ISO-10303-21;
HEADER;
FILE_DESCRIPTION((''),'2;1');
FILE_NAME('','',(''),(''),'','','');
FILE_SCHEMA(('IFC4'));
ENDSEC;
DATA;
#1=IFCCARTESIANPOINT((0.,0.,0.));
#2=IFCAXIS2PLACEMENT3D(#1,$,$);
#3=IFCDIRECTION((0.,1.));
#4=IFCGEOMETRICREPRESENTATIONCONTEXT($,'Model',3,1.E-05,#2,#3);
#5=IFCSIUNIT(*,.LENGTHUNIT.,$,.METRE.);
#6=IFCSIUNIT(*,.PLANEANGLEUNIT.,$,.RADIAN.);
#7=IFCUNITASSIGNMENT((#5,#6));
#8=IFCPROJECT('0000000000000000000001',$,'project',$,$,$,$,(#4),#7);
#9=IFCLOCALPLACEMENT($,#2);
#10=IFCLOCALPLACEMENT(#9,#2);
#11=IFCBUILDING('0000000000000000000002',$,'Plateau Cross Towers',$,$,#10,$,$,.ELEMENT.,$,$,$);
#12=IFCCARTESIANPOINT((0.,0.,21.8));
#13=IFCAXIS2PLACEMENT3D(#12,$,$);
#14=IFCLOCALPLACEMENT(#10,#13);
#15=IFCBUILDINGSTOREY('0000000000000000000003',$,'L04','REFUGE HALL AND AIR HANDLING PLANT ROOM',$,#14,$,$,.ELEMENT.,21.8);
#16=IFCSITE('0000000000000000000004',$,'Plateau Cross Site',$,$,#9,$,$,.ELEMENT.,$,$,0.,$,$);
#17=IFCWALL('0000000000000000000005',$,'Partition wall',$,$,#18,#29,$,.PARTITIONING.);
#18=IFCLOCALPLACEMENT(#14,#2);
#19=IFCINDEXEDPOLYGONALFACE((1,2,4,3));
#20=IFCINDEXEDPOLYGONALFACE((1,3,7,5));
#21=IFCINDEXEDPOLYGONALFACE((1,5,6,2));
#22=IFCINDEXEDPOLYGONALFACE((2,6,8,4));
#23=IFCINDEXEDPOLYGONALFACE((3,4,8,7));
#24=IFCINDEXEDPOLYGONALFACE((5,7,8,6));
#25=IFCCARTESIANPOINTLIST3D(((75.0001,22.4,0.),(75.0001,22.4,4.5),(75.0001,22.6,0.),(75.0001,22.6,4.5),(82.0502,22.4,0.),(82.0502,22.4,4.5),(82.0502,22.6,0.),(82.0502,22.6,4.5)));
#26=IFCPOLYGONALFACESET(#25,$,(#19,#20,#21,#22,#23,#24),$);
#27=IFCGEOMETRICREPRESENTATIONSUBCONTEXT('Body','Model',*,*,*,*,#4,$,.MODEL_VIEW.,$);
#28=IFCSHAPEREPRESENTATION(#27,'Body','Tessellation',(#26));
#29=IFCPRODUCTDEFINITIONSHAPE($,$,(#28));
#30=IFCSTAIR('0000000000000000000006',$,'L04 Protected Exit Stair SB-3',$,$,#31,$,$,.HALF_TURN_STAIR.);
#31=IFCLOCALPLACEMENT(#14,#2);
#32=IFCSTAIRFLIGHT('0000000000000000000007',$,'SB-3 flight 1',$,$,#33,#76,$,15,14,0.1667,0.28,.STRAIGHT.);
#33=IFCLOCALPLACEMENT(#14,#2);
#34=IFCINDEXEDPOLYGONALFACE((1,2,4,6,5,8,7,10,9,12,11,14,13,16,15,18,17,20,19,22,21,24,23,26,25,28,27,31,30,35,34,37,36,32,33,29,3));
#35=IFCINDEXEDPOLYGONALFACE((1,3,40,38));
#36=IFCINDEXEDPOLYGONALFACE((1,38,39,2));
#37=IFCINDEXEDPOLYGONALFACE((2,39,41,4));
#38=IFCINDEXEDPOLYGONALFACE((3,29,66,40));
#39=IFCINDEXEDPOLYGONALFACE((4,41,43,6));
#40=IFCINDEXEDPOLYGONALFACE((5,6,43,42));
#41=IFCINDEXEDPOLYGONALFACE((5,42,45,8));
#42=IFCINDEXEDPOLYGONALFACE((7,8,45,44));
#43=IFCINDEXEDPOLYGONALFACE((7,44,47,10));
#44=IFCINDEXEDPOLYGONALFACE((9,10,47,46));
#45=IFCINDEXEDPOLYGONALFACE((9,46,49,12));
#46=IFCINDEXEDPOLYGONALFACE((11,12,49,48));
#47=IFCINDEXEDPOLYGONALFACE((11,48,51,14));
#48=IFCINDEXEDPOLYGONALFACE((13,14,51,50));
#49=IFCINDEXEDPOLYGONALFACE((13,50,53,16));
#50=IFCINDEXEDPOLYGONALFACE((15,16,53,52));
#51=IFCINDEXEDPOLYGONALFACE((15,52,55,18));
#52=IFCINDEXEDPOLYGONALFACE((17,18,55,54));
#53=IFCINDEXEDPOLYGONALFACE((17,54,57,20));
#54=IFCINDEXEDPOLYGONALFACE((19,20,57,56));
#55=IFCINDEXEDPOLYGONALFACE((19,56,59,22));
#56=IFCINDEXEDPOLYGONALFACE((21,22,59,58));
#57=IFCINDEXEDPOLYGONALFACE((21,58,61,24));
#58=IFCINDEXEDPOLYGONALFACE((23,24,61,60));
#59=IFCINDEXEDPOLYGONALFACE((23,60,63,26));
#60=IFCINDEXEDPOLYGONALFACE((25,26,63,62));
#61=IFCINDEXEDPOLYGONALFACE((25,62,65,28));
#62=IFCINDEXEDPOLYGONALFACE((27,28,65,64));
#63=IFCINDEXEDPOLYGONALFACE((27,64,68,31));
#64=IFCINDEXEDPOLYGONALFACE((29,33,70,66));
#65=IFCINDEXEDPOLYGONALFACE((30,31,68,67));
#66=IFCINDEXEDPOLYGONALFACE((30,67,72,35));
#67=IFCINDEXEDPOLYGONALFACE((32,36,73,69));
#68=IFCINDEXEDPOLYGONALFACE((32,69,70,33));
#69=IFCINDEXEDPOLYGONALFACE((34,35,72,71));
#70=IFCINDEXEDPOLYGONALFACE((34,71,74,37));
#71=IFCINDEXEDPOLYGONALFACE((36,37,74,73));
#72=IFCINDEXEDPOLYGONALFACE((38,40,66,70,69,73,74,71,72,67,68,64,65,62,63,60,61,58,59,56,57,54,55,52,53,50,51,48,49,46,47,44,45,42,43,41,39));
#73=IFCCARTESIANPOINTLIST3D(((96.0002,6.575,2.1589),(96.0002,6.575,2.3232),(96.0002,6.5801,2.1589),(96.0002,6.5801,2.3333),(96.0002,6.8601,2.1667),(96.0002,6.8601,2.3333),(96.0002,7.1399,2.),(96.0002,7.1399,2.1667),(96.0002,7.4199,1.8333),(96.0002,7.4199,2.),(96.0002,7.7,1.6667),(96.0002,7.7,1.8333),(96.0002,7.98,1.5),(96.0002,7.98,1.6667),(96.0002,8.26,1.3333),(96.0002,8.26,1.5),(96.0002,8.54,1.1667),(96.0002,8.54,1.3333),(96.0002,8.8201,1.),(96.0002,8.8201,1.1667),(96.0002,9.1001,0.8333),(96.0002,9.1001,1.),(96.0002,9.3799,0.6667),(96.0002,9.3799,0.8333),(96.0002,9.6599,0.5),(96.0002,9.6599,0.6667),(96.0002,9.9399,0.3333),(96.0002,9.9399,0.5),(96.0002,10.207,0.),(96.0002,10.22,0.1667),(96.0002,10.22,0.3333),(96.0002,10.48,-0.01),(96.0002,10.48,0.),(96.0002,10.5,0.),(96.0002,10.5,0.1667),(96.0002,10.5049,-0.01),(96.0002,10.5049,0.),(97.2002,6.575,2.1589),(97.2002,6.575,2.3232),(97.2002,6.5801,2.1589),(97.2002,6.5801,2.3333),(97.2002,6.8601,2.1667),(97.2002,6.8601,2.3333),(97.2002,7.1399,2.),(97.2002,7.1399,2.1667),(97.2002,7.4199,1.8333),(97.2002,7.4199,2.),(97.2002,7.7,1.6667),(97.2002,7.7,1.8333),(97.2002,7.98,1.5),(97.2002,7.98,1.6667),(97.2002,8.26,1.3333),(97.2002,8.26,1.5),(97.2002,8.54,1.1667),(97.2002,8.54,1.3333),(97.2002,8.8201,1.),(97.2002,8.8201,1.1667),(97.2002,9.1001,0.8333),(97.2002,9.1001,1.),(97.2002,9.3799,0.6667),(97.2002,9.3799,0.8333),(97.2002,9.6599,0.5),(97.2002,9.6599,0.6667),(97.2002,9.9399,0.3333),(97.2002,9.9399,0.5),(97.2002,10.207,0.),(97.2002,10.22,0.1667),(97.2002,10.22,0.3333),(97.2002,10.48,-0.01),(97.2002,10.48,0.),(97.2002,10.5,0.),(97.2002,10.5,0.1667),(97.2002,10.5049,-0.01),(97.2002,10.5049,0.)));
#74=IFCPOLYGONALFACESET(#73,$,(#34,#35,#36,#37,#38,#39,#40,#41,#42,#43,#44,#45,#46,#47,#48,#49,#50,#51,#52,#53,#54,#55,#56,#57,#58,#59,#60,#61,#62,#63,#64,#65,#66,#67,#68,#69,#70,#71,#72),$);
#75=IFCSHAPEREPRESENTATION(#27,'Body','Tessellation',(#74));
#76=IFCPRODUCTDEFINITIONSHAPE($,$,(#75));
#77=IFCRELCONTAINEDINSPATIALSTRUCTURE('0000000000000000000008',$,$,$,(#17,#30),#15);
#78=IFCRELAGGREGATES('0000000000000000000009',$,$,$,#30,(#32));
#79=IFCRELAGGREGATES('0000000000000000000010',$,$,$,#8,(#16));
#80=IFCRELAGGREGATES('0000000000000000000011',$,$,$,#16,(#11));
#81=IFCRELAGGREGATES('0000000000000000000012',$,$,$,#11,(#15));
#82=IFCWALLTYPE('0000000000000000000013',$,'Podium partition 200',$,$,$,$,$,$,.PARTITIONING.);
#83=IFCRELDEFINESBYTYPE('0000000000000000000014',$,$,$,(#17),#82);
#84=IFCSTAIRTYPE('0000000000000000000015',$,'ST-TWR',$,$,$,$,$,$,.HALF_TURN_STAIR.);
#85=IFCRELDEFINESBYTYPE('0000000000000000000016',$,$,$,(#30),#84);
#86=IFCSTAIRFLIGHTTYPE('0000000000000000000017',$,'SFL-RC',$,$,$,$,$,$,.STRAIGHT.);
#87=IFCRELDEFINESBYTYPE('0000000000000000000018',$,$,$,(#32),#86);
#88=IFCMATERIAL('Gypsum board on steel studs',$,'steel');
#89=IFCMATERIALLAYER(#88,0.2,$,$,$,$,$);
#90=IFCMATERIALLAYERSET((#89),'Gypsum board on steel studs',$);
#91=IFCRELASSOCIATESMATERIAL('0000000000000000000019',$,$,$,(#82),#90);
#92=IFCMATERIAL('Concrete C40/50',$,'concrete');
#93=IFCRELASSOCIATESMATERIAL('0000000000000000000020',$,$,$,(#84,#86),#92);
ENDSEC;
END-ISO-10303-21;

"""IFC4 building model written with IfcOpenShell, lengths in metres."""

from ifc_helpers import new_model, si_unit, direction, frame, frame_2d, origin, place, context, subcontext, project, spatial, polyline, rectangle, outline, extrude, material, layer, layer_set, type_object, element, aggregate, save


model = new_model("IFC4")

# Units and contexts
model_context = context("Model", 3, precision=1e-05, world=origin(), true_north=direction((0.0, 1.0)))
body_context = subcontext(model_context, "Body", "Model", "MODEL_VIEW")
ifc_project = project(units=[si_unit("LENGTHUNIT", "METRE"), si_unit("PLANEANGLEUNIT", "RADIAN")], contexts=[model_context])

# Site, building, storey
site_placement = place(None, origin())
site = spatial("IfcSite", under=ifc_project, at=site_placement, Name="Plateau Cross Site", CompositionType="ELEMENT", RefElevation=0.0)
building_placement = place(site_placement, origin())
building = spatial("IfcBuilding", under=site, at=building_placement, Name="Plateau Cross Towers", CompositionType="ELEMENT")
storey_placement = place(building_placement, frame((0.0, 0.0, 21.8)))
storey = spatial("IfcBuildingStorey", under=building, at=storey_placement, Name="L04", Description="REFUGE HALL AND AIR HANDLING PLANT ROOM", CompositionType="ELEMENT", Elevation=21.8)

# Shared definitions
ifc_material_1 = material(Name="Gypsum board on steel studs", Category="steel")
ifc_layer_1 = layer(ifc_material_1, 0.2)
ifc_layer_set_1 = layer_set([ifc_layer_1], Name="Gypsum board on steel studs")
wall_type_1 = type_object("IfcWallType", Name="Podium partition 200", PredefinedType="PARTITIONING", material=ifc_layer_set_1)

# Wall
wall_1_placement = place(storey_placement, frame((82.05, 22.5, 0.0), z_axis=(0.0, 0.0, 1.0), x_axis=(-1.0, 0.0, 0.0)))
element("IfcWall", 1, at=wall_1_placement, inside=storey, type_object=wall_type_1, Name="Partition wall", PredefinedType="PARTITIONING", context=body_context, shape_type="SweptSolid", body=[
    extrude(rectangle(XDim=7.05, YDim=0.2, at=frame_2d((3.5249, 0.0))), origin(), (0.0, 0.0, 1.0), 4.5),
])

# Stair, stair flight
ifc_material_2 = material(Name="Concrete C40/50", Category="concrete")
stair_type = type_object("IfcStairType", Name="ST-TWR", PredefinedType="HALF_TURN_STAIR", material=ifc_material_2)
stair_placement = place(storey_placement, origin())
stair = element("IfcStair", 2, at=stair_placement, inside=storey, type_object=stair_type, Name="L04 Protected Exit Stair SB-3", PredefinedType="HALF_TURN_STAIR")
stair_flight_type = type_object("IfcStairFlightType", Name="SFL-RC", PredefinedType="STRAIGHT", material=ifc_material_2)
stair_flight_placement = place(storey_placement, frame((96.6001, 10.5, 0.0), z_axis=(0.0, 0.0, 1.0), x_axis=(0.0, -1.0, 0.0)))
stair_flight = element("IfcStairFlight", 3, at=stair_flight_placement, type_object=stair_flight_type, Name="SB-3 flight 1", NumberOfRisers=15, NumberOfTreads=14, PredefinedType="STRAIGHT", RiserHeight=0.1667, TreadLength=0.28, context=body_context, shape_type="SweptSolid", body=[
    extrude(outline(polyline([(-0.0049, -0.01), (-0.0049, 0.0), (0.0, 0.0), (0.0, 0.1667), (0.28, 0.1667), (0.28, 0.3333), (0.5601, 0.3333), (0.5601, 0.5), (0.8401, 0.5), (0.8401, 0.6667), (1.1201, 0.6667), (1.1201, 0.8333), (1.3999, 0.8333), (1.3999, 1.0), (1.6799, 1.0), (1.6799, 1.1667), (1.96, 1.1667), (1.96, 1.3333), (2.24, 1.3333), (2.24, 1.5), (2.52, 1.5), (2.52, 1.6667), (2.8, 1.6667), (2.8, 1.8333), (3.0801, 1.8333), (3.0801, 2.0), (3.3601, 2.0), (3.3601, 2.1667), (3.6399, 2.1667), (3.6399, 2.3333), (3.9199, 2.3333), (3.925, 2.3232), (3.925, 2.1589), (3.9199, 2.1589), (0.293, 0.0), (0.02, 0.0), (0.02, -0.01), (-0.0049, -0.01)])), frame((0.0, 0.6001, 0.0), z_axis=(0.0, -1.0, 0.0), x_axis=(1.0, 0.0, 0.0)), (0.0, 0.0, 1.0), 1.2),
])
aggregate(stair, [stair_flight])

save(model, "model.ifc")
